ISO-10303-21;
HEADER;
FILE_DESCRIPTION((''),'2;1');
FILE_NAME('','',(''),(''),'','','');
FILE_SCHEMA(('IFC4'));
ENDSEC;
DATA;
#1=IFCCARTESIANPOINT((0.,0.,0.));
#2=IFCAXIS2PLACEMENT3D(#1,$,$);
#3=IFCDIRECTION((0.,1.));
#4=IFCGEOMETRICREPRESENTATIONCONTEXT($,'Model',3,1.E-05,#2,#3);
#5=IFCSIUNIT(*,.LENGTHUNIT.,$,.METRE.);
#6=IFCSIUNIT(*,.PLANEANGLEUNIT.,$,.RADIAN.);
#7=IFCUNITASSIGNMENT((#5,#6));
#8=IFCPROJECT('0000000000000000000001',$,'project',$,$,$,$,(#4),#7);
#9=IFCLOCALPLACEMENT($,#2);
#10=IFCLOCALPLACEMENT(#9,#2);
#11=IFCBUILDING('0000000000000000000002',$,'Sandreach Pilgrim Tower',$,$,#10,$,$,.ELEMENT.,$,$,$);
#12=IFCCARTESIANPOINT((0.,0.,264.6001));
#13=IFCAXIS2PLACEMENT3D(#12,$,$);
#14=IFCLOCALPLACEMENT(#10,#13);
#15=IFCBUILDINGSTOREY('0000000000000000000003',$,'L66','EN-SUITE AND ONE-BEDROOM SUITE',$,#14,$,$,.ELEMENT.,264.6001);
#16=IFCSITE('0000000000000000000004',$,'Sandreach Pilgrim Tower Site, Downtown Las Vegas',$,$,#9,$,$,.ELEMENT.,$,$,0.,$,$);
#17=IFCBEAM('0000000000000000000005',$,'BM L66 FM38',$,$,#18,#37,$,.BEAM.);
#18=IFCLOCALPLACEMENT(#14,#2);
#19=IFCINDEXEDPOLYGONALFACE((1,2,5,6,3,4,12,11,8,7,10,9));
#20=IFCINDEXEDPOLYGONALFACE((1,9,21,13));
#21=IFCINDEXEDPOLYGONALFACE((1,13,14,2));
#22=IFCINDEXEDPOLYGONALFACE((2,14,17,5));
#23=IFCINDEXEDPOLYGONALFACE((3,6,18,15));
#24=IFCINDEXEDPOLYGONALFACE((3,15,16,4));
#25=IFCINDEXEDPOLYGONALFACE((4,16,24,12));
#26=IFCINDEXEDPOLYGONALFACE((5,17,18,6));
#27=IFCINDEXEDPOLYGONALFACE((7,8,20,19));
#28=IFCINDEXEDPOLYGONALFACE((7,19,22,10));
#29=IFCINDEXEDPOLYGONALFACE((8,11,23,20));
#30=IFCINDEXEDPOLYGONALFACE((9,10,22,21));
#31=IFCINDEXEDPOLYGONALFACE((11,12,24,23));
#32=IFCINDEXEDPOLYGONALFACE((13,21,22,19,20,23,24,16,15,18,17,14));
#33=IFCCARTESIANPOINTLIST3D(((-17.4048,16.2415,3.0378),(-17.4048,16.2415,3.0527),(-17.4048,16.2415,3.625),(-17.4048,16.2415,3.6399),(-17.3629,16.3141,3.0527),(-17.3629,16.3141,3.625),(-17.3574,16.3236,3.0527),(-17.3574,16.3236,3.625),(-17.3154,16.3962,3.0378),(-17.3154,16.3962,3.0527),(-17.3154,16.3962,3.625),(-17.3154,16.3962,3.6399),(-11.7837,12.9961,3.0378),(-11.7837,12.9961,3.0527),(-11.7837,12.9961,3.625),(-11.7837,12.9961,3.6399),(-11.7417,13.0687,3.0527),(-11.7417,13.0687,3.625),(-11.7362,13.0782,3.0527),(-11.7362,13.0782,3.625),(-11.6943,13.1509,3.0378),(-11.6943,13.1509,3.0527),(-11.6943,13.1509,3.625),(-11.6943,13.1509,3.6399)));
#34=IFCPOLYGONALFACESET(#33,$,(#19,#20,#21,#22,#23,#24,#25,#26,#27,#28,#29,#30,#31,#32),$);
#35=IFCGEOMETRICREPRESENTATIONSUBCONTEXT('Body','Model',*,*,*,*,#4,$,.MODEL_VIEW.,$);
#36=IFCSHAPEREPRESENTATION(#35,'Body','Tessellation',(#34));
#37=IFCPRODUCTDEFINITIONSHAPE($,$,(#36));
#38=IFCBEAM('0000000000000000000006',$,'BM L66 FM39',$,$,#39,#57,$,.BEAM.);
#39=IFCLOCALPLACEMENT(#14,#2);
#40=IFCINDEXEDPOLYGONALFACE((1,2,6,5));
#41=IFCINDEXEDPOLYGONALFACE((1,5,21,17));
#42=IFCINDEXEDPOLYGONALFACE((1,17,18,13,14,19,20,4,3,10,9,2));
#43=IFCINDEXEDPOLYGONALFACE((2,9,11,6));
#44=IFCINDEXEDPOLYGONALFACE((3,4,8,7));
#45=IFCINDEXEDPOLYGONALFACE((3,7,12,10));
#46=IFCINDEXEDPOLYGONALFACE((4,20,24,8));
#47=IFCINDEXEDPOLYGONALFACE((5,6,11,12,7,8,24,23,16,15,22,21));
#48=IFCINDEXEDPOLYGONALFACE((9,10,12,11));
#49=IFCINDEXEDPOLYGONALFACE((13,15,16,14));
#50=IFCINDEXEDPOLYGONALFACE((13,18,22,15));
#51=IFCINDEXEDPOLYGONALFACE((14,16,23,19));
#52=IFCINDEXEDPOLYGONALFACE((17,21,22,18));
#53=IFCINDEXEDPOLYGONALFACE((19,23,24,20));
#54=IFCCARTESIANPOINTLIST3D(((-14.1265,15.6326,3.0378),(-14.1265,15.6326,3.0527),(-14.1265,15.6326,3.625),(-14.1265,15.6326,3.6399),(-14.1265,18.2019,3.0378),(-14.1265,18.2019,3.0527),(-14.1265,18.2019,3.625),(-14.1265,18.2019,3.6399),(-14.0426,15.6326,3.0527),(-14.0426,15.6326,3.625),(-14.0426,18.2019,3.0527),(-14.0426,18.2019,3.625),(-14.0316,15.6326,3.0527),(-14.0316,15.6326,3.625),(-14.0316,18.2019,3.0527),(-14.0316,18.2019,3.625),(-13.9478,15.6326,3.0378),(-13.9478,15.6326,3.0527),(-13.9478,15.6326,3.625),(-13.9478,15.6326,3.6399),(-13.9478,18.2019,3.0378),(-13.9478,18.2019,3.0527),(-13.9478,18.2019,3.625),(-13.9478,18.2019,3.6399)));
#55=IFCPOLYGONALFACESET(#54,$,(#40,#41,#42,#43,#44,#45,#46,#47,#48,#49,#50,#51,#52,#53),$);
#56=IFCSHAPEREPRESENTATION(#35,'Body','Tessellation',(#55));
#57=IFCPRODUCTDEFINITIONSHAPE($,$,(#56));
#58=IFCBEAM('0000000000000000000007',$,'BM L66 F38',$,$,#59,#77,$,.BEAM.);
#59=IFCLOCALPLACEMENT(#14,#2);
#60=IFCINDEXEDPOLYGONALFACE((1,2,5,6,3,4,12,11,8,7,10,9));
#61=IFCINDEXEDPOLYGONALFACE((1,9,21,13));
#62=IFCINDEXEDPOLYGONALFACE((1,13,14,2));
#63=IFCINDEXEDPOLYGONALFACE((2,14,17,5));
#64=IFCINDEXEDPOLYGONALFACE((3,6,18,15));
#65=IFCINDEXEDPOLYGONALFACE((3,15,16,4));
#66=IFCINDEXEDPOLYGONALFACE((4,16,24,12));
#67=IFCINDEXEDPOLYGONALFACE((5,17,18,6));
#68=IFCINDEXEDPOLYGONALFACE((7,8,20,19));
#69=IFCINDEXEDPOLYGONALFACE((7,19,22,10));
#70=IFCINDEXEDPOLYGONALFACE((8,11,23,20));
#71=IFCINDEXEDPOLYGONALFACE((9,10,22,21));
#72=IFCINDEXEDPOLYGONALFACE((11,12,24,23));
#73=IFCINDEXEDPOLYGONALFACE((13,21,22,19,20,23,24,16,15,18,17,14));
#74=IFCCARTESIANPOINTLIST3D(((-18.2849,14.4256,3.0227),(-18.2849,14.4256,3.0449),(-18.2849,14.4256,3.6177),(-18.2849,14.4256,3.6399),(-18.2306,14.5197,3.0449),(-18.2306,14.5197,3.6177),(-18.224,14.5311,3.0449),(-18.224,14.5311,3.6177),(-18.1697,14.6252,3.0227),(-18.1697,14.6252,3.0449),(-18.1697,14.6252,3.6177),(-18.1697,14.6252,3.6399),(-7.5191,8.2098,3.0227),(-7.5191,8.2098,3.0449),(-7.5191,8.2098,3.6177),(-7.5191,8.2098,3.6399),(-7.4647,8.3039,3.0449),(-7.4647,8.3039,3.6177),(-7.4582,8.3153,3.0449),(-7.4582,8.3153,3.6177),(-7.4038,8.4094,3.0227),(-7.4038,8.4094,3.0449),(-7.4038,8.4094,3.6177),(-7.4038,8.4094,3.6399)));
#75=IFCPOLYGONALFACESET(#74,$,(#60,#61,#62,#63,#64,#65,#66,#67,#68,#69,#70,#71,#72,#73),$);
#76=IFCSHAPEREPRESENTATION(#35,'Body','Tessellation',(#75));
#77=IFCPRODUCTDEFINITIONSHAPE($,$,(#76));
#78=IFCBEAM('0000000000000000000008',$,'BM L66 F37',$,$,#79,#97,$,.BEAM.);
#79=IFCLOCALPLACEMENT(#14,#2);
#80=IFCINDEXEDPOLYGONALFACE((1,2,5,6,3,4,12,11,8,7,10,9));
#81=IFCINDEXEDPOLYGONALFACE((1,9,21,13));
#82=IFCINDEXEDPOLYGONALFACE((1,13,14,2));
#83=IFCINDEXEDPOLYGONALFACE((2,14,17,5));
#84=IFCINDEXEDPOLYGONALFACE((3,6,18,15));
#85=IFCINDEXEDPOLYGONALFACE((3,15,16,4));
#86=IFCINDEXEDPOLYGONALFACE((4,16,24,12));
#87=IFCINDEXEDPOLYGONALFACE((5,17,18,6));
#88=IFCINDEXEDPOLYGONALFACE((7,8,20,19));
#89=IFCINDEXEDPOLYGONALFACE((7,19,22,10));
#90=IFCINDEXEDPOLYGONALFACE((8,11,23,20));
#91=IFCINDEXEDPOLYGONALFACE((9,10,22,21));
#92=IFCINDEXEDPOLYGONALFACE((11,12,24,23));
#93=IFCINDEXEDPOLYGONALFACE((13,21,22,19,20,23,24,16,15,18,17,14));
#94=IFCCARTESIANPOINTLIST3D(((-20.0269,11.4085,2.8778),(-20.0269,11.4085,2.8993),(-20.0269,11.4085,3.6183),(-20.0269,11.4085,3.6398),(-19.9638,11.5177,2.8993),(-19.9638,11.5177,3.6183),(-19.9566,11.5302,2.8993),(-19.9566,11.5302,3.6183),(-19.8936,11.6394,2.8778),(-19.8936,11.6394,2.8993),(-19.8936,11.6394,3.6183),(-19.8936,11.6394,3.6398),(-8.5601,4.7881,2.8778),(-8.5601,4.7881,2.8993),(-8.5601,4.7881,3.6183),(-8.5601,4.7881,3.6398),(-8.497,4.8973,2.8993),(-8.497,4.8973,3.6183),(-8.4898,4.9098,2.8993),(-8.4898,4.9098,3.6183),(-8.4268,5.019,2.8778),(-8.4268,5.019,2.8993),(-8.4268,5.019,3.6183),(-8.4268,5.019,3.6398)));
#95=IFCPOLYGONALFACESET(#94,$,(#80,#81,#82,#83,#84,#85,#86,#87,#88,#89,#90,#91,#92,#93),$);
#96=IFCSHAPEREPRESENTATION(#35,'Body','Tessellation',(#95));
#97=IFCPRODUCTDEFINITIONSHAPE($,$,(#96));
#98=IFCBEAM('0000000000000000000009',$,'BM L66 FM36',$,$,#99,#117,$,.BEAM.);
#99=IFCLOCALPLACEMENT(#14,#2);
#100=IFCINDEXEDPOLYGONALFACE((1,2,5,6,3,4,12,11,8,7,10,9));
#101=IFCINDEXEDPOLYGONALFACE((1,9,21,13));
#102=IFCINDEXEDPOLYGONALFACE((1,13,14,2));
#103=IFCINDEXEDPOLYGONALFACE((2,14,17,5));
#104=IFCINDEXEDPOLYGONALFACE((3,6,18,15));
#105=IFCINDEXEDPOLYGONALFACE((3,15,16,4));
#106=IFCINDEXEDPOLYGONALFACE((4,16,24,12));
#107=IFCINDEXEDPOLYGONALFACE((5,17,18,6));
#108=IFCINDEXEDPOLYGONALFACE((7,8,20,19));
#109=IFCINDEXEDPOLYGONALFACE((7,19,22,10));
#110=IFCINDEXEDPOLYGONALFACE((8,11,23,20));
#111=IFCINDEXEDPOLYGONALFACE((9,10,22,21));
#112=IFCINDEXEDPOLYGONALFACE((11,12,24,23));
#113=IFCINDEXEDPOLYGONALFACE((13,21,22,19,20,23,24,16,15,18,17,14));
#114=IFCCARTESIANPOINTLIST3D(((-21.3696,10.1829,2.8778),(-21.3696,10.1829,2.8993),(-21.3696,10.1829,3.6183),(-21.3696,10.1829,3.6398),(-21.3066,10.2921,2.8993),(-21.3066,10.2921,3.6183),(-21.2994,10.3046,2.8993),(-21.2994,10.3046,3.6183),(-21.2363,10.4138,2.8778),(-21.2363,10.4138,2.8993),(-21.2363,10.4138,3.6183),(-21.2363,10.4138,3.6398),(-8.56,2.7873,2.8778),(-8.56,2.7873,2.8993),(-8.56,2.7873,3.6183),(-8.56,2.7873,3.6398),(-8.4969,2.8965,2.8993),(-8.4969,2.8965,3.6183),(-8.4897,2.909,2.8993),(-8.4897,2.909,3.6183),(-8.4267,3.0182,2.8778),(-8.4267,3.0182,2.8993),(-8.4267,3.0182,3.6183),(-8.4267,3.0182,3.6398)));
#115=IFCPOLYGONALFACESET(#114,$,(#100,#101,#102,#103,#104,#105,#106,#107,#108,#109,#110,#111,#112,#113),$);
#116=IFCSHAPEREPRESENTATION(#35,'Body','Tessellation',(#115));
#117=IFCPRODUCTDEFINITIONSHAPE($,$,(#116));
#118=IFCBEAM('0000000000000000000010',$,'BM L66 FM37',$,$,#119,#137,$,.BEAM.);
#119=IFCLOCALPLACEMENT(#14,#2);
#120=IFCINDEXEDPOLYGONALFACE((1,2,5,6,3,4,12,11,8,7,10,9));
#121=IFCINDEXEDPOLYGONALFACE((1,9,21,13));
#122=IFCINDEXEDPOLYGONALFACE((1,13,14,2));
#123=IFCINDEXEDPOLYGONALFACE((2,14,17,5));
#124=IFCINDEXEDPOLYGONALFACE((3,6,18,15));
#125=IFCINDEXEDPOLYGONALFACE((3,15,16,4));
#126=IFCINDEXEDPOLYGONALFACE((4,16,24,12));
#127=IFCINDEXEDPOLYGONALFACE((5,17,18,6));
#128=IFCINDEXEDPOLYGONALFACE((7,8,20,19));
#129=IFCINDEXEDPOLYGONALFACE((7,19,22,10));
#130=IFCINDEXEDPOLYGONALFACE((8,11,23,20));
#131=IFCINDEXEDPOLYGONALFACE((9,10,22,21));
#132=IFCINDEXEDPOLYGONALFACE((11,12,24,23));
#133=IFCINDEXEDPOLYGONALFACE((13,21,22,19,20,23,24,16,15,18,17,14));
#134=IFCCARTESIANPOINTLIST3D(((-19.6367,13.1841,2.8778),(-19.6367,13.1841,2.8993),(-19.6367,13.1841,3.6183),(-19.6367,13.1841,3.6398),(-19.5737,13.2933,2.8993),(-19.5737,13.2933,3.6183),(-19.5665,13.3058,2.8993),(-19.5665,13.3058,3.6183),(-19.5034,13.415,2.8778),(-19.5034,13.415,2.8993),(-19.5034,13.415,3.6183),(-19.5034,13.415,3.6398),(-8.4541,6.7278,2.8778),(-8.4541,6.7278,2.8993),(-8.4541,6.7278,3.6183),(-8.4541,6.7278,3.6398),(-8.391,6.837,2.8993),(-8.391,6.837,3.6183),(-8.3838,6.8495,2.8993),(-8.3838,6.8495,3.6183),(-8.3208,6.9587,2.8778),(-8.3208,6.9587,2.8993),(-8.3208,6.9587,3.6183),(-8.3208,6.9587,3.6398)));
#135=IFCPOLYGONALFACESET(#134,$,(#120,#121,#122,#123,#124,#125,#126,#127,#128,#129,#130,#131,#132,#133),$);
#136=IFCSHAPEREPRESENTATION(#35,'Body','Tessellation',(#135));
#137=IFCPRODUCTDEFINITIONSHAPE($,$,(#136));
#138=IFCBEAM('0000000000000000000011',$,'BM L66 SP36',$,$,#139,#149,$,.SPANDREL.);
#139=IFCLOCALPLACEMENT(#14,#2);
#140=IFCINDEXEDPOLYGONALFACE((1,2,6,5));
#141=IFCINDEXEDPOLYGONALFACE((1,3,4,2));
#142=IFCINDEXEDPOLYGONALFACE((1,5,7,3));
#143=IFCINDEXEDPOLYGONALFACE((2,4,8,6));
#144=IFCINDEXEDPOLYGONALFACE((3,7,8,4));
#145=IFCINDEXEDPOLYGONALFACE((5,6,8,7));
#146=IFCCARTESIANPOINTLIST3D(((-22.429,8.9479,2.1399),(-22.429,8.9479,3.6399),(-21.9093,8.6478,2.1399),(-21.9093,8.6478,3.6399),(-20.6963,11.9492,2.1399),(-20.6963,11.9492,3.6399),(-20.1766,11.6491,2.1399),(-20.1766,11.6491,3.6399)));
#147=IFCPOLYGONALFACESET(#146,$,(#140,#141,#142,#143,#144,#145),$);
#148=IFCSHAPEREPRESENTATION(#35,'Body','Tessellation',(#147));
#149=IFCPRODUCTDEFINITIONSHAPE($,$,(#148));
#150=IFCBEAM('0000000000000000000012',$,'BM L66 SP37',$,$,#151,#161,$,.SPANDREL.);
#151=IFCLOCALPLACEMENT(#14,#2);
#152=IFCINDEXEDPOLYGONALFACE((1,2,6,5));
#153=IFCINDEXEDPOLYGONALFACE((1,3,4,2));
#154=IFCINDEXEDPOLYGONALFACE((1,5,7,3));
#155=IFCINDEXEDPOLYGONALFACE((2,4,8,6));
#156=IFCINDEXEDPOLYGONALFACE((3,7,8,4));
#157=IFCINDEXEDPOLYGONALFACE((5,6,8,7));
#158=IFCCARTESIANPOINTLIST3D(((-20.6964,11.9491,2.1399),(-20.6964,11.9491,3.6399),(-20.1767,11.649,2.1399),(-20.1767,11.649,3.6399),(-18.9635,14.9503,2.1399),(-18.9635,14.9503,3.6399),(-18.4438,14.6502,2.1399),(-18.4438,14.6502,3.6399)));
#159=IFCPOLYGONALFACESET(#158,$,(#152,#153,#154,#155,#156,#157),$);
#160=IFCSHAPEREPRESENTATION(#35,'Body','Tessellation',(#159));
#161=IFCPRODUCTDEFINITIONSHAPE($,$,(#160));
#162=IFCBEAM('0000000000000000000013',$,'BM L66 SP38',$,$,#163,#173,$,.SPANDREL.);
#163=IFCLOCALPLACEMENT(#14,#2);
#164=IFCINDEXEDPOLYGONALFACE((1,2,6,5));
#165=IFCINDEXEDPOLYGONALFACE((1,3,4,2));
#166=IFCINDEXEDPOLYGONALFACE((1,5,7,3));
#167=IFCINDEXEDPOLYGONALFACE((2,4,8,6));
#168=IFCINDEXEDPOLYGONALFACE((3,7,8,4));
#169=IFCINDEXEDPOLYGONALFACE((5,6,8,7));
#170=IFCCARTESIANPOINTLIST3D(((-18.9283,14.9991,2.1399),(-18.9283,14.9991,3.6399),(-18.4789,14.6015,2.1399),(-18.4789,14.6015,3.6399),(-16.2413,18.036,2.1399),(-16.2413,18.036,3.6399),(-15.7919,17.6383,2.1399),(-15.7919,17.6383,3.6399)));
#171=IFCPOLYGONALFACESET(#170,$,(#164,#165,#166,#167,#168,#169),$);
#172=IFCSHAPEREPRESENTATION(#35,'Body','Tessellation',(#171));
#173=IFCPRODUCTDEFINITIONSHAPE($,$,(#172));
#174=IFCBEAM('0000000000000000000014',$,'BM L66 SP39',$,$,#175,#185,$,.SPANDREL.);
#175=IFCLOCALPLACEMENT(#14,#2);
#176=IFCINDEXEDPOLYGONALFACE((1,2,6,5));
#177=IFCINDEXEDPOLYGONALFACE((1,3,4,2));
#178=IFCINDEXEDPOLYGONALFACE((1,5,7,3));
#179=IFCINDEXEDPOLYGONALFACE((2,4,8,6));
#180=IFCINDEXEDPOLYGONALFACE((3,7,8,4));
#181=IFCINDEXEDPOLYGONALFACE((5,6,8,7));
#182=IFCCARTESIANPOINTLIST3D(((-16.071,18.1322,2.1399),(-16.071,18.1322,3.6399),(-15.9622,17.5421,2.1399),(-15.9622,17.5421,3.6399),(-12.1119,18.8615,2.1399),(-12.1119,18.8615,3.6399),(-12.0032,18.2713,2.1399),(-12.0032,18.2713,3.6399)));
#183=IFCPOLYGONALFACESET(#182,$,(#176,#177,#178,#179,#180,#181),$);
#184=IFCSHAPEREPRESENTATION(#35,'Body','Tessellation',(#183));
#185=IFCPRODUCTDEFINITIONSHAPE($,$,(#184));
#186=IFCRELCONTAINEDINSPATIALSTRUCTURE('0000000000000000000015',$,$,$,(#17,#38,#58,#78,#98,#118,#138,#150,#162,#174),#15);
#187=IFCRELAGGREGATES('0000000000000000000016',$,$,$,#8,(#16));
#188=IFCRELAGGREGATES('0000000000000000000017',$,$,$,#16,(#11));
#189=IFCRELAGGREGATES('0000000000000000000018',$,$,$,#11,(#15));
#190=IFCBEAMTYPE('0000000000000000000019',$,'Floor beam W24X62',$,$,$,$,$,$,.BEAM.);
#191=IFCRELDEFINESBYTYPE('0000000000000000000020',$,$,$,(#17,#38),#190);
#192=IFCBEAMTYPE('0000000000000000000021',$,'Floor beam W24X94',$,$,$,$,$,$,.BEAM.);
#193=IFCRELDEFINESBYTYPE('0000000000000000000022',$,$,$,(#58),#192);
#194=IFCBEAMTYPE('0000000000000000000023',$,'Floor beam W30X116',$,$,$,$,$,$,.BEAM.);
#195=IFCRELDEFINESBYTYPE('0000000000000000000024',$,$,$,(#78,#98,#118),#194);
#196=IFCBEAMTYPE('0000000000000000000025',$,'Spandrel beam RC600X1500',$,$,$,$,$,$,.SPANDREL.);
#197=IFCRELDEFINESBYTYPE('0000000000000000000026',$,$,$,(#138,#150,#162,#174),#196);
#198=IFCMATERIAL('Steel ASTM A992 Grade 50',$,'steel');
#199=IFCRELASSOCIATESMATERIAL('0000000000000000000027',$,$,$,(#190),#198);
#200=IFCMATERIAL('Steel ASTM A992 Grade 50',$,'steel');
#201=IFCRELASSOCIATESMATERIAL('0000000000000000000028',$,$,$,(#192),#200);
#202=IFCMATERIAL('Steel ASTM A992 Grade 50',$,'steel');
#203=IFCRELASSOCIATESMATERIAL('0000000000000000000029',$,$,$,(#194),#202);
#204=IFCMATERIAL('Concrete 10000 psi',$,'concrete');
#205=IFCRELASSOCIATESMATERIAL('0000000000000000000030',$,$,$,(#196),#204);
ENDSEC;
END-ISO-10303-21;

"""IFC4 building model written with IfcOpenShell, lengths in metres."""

from ifc_helpers import new_model, si_unit, direction, frame, origin, origin_2d, place, context, subcontext, project, spatial, rectangle, i_section, extrude, material, material_profile, profile_set, type_object, element, save


model = new_model("IFC4")

# Units and contexts
model_context = context("Model", 3, precision=1e-05, world=origin(), true_north=direction((0.0, 1.0)))
body_context = subcontext(model_context, "Body", "Model", "MODEL_VIEW")
ifc_project = project(units=[si_unit("LENGTHUNIT", "METRE"), si_unit("PLANEANGLEUNIT", "RADIAN")], contexts=[model_context])

# Site, building, storey
site_placement = place(None, origin())
site = spatial("IfcSite", under=ifc_project, at=site_placement, Name="Sandreach Pilgrim Tower Site, Downtown Las Vegas", CompositionType="ELEMENT", RefElevation=0.0)
building_placement = place(site_placement, origin())
building = spatial("IfcBuilding", under=site, at=building_placement, Name="Sandreach Pilgrim Tower", CompositionType="ELEMENT")
storey_placement = place(building_placement, frame((0.0, 0.0, 264.6001)))
storey = spatial("IfcBuildingStorey", under=building, at=storey_placement, Name="L66", Description="EN-SUITE AND ONE-BEDROOM SUITE", CompositionType="ELEMENT", Elevation=264.6001)

# Beams
ifc_material_1 = material(Name="Steel ASTM A992 Grade 50", Category="steel")
ifc_material_profile_1 = material_profile(ifc_material_1, i_section(OverallWidth=0.1787, OverallDepth=0.6021, WebThickness=0.011, FlangeThickness=0.0149, at=origin_2d()), Name="W24X62")
ifc_profile_set_1 = profile_set([ifc_material_profile_1], Name="Steel ASTM A992 Grade 50")
beam_type_1 = type_object("IfcBeamType", Name="Floor beam W24X62", PredefinedType="BEAM", material=ifc_profile_set_1)
beam_1_placement = place(storey_placement, frame((-17.3601, 16.3188, 3.3389), z_axis=(0.866024, -0.500002, 0.0), x_axis=(0.500002, 0.866024, 0.0)))
element("IfcBeam", 1, at=beam_1_placement, inside=storey, type_object=beam_type_1, Name="BM L66 FM38", PredefinedType="BEAM", context=body_context, shape_type="SweptSolid", body=[
    extrude(i_section(OverallWidth=0.1787, OverallDepth=0.6021, WebThickness=0.011, FlangeThickness=0.0149, at=origin_2d()), origin(), (0.0, 0.0, 1.0), 6.4907),
])
beam_2_placement = place(storey_placement, frame((-14.0371, 18.2019, 3.3389), z_axis=(0.0, -1.0, 0.0), x_axis=(1.0, 0.0, 0.0)))
element("IfcBeam", 2, at=beam_2_placement, inside=storey, type_object=beam_type_1, Name="BM L66 FM39", PredefinedType="BEAM", context=body_context, shape_type="SweptSolid", body=[
    extrude(i_section(OverallWidth=0.1787, OverallDepth=0.6021, WebThickness=0.011, FlangeThickness=0.0149, at=origin_2d()), origin(), (0.0, 0.0, 1.0), 2.5693),
])
ifc_material_2 = material(Name="Steel ASTM A992 Grade 50", Category="steel")
ifc_material_profile_2 = material_profile(ifc_material_2, i_section(OverallWidth=0.2305, OverallDepth=0.6172, WebThickness=0.0132, FlangeThickness=0.0222, at=origin_2d()), Name="W24X94")
ifc_profile_set_2 = profile_set([ifc_material_profile_2], Name="Steel ASTM A992 Grade 50")
beam_type_2 = type_object("IfcBeamType", Name="Floor beam W24X94", PredefinedType="BEAM", material=ifc_profile_set_2)
beam_3_placement = place(storey_placement, frame((-18.2273, 14.5254, 3.3313), z_axis=(0.86602, -0.500009, 0.0), x_axis=(0.500009, 0.86602, 0.0)))
element("IfcBeam", 3, at=beam_3_placement, inside=storey, type_object=beam_type_2, Name="BM L66 F38", PredefinedType="BEAM", context=body_context, shape_type="SweptSolid", body=[
    extrude(i_section(OverallWidth=0.2305, OverallDepth=0.6172, WebThickness=0.0132, FlangeThickness=0.0222, at=origin_2d()), origin(), (0.0, 0.0, 1.0), 12.4314),
])
ifc_material_3 = material(Name="Steel ASTM A992 Grade 50", Category="steel")
ifc_material_profile_3 = material_profile(ifc_material_3, i_section(OverallWidth=0.2666, OverallDepth=0.762, WebThickness=0.0144, FlangeThickness=0.0215, at=origin_2d()), Name="W30X116")
ifc_profile_set_3 = profile_set([ifc_material_profile_3], Name="Steel ASTM A992 Grade 50")
beam_type_3 = type_object("IfcBeamType", Name="Floor beam W30X116", PredefinedType="BEAM", material=ifc_profile_set_3)
beam_4_placement = place(storey_placement, frame((-19.9602, 11.5239, 3.2588), z_axis=(0.866025, -0.5, 0.0), x_axis=(0.5, 0.866025, 0.0)))
element("IfcBeam", 4, at=beam_4_placement, inside=storey, type_object=beam_type_3, Name="BM L66 F37", PredefinedType="BEAM", context=body_context, shape_type="SweptSolid", body=[
    extrude(i_section(OverallWidth=0.2666, OverallDepth=0.762, WebThickness=0.0144, FlangeThickness=0.0215, at=origin_2d()), origin(), (0.0, 0.0, 1.0), 13.2407),
])
beam_5_placement = place(storey_placement, frame((-21.303, 10.2983, 3.2588), z_axis=(0.866028, -0.499995, 0.0), x_axis=(0.499995, 0.866028, 0.0)))
element("IfcBeam", 5, at=beam_5_placement, inside=storey, type_object=beam_type_3, Name="BM L66 FM36", PredefinedType="BEAM", context=body_context, shape_type="SweptSolid", body=[
    extrude(i_section(OverallWidth=0.2666, OverallDepth=0.762, WebThickness=0.0144, FlangeThickness=0.0215, at=origin_2d()), origin(), (0.0, 0.0, 1.0), 14.7913),
])
beam_6_placement = place(storey_placement, frame((-19.5701, 13.2996, 3.2588), z_axis=(0.866025, -0.500001, 0.0), x_axis=(0.500001, 0.866025, 0.0)))
element("IfcBeam", 6, at=beam_6_placement, inside=storey, type_object=beam_type_3, Name="BM L66 FM37", PredefinedType="BEAM", context=body_context, shape_type="SweptSolid", body=[
    extrude(i_section(OverallWidth=0.2666, OverallDepth=0.762, WebThickness=0.0144, FlangeThickness=0.0215, at=origin_2d()), origin(), (0.0, 0.0, 1.0), 12.9126),
])
ifc_material_4 = material(Name="Concrete 10000 psi", Category="concrete")
ifc_material_profile_4 = material_profile(ifc_material_4, rectangle(XDim=0.6001, YDim=1.5, at=origin_2d()), Name="RC600X1500")
ifc_profile_set_4 = profile_set([ifc_material_profile_4], Name="Concrete 10000 psi")
beam_type_4 = type_object("IfcBeamType", Name="Spandrel beam RC600X1500", PredefinedType="SPANDREL", material=ifc_profile_set_4)
for number, where, z_axis, x_axis, name in (
    (7, (-22.1692, 8.7979, 2.8899), (0.499981, 0.866037, 0.0), (-0.866037, 0.499981, 0.0), "BM L66 SP36"),
    (8, (-20.4365, 11.7991, 2.8899), (0.500033, 0.866006, 0.0), (-0.866006, 0.500033, 0.0), "BM L66 SP37"),
):
    element("IfcBeam", number, at=place(storey_placement, frame(where, z_axis=z_axis, x_axis=x_axis)), inside=storey, type_object=beam_type_4, Name=name, PredefinedType="SPANDREL", context=body_context, shape_type="SweptSolid", body=[
        extrude(rectangle(XDim=0.6001, YDim=1.5, at=origin_2d()), origin(), (0.0, 0.0, 1.0), 3.4656),
    ])
beam_7_placement = place(storey_placement, frame((-18.7036, 14.8003, 2.8899), z_axis=(0.662651, 0.748929, 0.0), x_axis=(-0.748929, 0.662651, 0.0)))
element("IfcBeam", 9, at=beam_7_placement, inside=storey, type_object=beam_type_4, Name="BM L66 SP38", PredefinedType="SPANDREL", context=body_context, shape_type="SweptSolid", body=[
    extrude(rectangle(XDim=0.6001, YDim=1.5, at=origin_2d()), origin(), (0.0, 0.0, 1.0), 4.0549),
])
beam_8_placement = place(storey_placement, frame((-16.0166, 17.8372, 2.8899), z_axis=(0.983455, 0.181153, 0.0), x_axis=(-0.181153, 0.983455, 0.0)))
element("IfcBeam", 10, at=beam_8_placement, inside=storey, type_object=beam_type_4, Name="BM L66 SP39", PredefinedType="SPANDREL", context=body_context, shape_type="SweptSolid", body=[
    extrude(rectangle(XDim=0.6001, YDim=1.5, at=origin_2d()), origin(), (0.0, 0.0, 1.0), 4.0256),
])

save(model, "model.ifc")
